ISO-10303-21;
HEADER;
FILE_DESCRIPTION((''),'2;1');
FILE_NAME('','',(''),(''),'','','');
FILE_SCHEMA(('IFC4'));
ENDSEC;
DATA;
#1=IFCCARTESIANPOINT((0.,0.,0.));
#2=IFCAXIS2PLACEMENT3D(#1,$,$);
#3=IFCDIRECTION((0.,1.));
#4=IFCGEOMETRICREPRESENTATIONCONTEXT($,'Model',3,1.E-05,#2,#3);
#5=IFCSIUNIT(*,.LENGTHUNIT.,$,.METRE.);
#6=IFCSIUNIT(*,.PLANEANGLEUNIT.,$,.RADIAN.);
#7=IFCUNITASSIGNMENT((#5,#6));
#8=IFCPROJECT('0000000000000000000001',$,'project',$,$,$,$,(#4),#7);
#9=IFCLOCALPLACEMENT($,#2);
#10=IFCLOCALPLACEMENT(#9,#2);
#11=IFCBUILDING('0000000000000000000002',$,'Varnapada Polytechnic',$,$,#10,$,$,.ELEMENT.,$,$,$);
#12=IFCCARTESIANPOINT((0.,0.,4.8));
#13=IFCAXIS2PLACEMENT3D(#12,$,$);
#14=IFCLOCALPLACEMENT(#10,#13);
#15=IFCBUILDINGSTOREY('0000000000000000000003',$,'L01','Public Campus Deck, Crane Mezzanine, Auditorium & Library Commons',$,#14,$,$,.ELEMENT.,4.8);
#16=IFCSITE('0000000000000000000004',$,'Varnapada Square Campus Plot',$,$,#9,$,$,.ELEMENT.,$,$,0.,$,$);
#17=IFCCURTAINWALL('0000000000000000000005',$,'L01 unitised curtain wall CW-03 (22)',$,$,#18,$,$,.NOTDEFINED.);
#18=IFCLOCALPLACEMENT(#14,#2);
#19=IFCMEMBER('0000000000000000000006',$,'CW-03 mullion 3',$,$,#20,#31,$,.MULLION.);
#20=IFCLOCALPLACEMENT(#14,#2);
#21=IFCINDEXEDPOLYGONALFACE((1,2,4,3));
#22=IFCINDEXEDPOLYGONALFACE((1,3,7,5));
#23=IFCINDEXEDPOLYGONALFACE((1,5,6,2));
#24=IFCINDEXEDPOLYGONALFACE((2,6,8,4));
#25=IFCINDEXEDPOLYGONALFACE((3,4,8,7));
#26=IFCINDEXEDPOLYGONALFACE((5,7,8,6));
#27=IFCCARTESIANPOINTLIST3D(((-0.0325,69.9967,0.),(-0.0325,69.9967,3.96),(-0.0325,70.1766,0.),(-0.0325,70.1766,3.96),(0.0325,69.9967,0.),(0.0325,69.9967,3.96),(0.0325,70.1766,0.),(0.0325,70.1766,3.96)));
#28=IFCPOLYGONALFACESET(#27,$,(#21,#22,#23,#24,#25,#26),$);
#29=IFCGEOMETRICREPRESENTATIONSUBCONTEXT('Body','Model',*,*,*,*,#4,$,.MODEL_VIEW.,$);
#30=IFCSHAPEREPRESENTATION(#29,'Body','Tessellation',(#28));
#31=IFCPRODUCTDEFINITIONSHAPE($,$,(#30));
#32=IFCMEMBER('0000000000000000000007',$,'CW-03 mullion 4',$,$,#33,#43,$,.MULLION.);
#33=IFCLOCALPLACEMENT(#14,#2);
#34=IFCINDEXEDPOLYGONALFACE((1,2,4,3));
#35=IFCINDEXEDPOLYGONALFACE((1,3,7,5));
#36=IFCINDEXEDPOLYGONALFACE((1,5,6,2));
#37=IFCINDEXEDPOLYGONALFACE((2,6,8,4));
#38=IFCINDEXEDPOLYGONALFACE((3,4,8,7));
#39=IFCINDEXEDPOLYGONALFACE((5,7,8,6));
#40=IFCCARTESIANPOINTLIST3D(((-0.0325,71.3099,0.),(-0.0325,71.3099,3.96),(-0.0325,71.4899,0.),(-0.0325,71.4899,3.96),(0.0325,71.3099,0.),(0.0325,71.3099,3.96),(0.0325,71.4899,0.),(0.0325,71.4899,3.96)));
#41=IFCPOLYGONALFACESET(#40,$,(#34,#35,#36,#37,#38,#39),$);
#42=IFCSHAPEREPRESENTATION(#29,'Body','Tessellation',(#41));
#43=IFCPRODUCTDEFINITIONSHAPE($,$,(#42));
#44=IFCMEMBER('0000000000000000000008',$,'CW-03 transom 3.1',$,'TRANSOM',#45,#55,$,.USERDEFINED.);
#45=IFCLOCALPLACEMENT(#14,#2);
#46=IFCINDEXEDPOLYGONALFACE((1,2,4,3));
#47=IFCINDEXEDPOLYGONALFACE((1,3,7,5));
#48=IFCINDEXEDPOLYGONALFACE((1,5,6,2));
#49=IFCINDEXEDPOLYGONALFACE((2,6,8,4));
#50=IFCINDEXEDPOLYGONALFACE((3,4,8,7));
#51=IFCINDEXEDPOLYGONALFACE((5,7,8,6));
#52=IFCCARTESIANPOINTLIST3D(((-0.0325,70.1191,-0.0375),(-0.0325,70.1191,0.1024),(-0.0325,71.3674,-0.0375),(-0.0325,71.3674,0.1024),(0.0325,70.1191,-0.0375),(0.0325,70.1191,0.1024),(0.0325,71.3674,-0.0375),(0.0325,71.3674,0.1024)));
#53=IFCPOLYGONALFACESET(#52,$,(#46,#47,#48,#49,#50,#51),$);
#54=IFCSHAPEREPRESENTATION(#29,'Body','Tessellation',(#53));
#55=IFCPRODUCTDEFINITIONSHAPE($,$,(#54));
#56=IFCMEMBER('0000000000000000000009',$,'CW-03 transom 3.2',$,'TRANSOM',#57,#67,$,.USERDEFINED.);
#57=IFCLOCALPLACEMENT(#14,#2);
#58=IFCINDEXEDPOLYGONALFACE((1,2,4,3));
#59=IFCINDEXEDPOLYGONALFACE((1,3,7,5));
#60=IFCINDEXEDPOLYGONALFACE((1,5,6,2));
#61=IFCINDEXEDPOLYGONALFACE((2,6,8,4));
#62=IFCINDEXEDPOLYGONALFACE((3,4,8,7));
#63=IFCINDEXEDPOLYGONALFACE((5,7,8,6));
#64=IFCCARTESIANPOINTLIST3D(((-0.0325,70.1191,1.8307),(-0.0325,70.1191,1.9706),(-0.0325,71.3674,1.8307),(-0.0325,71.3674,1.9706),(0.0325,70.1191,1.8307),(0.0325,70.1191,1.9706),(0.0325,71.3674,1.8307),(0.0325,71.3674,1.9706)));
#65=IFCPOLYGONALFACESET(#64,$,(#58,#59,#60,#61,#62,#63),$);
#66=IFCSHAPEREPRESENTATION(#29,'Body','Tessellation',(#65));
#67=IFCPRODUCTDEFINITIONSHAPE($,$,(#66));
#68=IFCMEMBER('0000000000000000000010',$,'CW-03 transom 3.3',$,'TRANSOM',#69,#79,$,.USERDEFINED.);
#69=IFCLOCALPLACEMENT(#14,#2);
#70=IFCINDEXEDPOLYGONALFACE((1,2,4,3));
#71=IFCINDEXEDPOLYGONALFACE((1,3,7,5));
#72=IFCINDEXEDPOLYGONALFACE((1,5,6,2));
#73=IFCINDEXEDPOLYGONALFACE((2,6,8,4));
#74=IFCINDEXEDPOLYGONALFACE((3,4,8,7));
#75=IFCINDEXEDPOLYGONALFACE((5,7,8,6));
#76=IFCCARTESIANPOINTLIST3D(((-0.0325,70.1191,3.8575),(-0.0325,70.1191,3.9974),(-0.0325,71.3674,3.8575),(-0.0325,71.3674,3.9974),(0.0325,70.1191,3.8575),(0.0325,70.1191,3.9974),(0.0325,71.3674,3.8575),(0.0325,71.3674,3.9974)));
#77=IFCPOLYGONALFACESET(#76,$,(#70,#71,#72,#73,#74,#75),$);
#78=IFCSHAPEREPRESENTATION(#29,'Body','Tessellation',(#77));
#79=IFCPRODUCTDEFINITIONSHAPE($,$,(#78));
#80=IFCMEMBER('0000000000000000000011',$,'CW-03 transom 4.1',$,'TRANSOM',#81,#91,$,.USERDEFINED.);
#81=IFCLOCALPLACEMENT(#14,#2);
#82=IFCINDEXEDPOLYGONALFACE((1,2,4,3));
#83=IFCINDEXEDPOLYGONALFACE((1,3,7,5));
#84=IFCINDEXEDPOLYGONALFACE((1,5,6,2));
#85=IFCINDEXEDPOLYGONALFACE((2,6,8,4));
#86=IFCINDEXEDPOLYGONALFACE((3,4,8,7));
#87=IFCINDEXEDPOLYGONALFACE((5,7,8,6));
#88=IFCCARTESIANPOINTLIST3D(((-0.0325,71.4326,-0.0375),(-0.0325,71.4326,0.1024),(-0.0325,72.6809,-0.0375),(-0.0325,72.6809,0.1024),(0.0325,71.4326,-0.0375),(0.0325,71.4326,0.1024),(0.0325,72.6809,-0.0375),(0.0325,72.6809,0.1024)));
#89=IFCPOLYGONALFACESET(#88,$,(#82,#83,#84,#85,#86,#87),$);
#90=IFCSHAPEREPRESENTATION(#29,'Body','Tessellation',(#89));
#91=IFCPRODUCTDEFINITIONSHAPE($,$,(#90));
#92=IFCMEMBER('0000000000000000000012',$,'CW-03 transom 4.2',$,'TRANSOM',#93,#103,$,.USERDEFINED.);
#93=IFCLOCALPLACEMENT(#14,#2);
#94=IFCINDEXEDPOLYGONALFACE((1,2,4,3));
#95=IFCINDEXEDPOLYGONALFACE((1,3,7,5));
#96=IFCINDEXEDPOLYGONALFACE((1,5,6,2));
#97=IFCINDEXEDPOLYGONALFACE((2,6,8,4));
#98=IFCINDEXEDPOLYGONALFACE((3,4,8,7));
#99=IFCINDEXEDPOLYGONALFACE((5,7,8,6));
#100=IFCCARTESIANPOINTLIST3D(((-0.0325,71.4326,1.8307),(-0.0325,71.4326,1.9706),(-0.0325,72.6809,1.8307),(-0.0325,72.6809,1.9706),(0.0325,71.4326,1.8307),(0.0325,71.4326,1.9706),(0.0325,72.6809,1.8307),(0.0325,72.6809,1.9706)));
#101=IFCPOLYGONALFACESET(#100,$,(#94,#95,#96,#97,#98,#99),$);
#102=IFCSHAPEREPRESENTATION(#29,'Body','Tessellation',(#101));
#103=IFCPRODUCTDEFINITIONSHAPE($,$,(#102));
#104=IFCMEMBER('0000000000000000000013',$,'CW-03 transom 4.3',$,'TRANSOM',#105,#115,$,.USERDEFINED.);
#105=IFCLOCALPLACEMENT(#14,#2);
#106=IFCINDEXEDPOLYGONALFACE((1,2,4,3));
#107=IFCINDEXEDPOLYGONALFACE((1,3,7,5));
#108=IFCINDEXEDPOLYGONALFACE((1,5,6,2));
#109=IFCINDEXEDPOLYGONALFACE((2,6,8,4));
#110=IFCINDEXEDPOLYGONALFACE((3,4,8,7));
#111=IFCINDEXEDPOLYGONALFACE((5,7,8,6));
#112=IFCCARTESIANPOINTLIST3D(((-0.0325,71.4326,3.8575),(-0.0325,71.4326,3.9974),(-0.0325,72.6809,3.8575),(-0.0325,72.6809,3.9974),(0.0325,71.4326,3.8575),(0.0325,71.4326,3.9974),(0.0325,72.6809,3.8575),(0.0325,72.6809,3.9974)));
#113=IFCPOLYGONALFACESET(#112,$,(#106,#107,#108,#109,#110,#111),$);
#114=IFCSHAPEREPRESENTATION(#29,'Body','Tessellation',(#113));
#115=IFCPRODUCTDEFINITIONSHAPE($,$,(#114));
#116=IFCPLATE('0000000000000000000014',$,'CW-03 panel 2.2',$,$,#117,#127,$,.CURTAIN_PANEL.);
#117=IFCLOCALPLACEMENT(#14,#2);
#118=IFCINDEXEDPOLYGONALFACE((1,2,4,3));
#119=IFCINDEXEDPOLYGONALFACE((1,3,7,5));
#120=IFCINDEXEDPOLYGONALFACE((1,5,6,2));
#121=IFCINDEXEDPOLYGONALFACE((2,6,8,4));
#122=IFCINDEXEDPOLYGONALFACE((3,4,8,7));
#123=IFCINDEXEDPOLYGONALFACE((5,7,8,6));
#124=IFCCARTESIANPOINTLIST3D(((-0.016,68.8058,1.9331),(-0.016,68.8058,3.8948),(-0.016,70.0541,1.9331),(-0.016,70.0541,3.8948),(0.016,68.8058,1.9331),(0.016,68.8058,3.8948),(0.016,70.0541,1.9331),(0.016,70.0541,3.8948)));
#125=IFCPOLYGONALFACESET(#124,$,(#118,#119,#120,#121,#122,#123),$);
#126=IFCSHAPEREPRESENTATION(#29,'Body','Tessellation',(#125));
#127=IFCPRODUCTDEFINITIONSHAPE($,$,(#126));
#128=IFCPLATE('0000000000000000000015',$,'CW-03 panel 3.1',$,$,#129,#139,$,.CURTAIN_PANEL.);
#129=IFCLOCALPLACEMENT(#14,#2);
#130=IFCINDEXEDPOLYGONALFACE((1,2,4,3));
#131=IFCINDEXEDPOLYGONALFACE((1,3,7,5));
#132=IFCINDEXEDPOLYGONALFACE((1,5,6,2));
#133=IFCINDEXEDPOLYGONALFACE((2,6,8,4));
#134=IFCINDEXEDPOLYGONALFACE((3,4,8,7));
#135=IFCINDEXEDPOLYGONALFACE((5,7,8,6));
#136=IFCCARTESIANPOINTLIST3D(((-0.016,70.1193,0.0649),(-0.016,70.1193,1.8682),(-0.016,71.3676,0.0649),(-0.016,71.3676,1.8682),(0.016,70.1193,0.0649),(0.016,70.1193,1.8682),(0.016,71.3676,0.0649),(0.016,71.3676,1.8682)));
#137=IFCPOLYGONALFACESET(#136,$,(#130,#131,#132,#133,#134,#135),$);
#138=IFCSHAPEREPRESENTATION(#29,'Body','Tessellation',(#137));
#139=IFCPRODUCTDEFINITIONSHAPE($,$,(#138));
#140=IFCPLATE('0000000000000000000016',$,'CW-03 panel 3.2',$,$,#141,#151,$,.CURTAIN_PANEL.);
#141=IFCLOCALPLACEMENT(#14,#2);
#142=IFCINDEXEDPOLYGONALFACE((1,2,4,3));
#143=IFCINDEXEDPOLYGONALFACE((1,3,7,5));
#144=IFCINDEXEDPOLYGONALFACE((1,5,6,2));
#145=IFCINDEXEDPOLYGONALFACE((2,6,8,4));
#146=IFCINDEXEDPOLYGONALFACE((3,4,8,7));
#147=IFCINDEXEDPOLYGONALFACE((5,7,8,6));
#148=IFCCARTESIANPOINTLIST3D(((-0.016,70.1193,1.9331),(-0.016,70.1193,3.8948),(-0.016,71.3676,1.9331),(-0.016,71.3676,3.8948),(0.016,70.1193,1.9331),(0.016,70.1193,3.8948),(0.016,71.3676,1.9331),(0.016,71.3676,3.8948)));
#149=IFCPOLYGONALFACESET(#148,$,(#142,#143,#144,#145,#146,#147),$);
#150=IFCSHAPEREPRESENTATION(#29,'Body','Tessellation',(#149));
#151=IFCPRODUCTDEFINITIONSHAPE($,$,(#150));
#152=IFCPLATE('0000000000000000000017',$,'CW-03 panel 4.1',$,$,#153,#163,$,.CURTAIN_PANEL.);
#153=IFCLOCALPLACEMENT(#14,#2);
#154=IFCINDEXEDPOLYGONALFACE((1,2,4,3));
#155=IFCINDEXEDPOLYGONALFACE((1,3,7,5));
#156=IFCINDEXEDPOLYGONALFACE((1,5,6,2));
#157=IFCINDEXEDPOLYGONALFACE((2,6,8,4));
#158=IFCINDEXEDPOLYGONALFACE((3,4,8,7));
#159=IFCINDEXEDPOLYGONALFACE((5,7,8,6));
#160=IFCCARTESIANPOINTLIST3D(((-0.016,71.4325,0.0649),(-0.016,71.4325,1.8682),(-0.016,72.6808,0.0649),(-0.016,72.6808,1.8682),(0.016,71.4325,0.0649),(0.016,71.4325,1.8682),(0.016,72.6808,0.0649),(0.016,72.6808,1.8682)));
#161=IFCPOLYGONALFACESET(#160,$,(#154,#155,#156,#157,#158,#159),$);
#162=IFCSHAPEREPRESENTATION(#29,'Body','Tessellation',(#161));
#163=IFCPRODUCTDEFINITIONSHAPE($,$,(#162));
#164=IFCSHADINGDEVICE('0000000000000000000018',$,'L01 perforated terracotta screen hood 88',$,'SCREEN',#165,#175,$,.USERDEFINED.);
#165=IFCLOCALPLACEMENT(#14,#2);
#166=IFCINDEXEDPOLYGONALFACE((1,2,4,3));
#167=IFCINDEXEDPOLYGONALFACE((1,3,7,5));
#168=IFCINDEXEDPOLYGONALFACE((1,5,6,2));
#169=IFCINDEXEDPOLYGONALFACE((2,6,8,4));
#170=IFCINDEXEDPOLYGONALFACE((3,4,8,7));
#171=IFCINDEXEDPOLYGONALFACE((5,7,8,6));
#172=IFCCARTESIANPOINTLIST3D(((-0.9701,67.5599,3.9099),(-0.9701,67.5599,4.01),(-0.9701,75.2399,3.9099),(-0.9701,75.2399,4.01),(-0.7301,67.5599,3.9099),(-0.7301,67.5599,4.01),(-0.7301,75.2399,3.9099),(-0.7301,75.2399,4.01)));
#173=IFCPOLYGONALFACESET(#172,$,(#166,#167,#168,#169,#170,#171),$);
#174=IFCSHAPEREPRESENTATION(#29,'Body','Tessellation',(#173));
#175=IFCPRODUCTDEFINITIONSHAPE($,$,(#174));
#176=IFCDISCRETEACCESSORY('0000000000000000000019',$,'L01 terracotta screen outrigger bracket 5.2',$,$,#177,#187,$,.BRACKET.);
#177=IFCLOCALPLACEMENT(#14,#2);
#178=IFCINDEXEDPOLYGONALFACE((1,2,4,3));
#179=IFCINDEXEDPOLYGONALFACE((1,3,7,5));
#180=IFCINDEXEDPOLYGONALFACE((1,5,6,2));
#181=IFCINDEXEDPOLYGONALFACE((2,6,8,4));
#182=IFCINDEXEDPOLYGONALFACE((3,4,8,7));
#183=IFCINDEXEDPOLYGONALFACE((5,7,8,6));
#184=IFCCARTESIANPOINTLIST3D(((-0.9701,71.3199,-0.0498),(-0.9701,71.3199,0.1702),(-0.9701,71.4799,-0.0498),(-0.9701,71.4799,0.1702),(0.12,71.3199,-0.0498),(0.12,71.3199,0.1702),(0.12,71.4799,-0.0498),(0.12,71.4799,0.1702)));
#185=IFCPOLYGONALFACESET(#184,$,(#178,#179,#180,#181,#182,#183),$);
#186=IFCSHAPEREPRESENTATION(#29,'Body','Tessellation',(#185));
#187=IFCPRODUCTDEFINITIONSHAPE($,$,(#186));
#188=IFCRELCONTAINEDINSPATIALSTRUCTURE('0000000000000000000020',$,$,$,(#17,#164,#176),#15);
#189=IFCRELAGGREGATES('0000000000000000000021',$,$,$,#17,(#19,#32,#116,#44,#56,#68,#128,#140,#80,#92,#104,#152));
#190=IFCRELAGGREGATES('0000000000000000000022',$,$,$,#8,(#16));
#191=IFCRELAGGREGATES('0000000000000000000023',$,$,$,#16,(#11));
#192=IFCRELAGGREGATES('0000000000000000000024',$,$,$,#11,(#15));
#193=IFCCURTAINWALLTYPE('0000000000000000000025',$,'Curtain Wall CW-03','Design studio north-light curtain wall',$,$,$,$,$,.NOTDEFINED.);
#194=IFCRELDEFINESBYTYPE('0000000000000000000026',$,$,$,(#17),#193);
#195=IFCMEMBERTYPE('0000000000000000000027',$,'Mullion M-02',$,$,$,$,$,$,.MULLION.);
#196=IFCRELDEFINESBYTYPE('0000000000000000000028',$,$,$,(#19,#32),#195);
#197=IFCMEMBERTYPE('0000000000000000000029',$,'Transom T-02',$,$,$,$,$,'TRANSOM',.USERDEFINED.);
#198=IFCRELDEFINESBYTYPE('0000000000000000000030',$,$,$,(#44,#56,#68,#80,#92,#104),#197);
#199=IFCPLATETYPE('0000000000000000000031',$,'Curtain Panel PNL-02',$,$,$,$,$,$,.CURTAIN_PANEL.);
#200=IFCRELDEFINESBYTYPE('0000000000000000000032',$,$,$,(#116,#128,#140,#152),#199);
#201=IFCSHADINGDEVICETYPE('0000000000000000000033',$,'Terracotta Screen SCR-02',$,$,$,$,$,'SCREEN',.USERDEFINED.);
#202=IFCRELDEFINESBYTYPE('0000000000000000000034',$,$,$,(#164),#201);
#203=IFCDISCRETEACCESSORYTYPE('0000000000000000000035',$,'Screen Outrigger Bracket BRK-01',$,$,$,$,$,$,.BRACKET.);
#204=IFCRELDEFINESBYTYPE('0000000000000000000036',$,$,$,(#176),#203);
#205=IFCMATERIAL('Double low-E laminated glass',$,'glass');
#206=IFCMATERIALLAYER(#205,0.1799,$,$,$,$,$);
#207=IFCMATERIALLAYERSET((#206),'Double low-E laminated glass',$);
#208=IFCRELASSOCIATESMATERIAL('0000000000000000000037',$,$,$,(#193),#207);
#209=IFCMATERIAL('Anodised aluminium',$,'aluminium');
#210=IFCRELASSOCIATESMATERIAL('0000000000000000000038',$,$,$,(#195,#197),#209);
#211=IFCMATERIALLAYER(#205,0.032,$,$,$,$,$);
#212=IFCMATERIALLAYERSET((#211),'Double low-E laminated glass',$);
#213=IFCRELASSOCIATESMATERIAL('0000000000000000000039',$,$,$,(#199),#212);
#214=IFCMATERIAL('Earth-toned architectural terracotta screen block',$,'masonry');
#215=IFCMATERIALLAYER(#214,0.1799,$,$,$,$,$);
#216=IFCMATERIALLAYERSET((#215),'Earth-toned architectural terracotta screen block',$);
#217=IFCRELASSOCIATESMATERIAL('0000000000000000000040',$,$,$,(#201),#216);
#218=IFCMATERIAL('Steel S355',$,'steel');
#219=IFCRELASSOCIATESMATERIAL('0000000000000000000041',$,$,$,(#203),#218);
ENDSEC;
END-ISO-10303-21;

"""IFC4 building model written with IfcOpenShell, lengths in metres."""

from ifc_helpers import new_model, si_unit, direction, frame, origin, origin_2d, place, context, subcontext, project, spatial, rectangle, extrude, material, layer, layer_set, material_profile, profile_set, type_object, element, aggregate, save


model = new_model("IFC4")

# Units and contexts
model_context = context("Model", 3, precision=1e-05, world=origin(), true_north=direction((0.0, 1.0)))
body_context = subcontext(model_context, "Body", "Model", "MODEL_VIEW")
ifc_project = project(units=[si_unit("LENGTHUNIT", "METRE"), si_unit("PLANEANGLEUNIT", "RADIAN")], contexts=[model_context])

# Site, building, storey
site_placement = place(None, origin())
site = spatial("IfcSite", under=ifc_project, at=site_placement, Name="Varnapada Square Campus Plot", CompositionType="ELEMENT", RefElevation=0.0)
building_placement = place(site_placement, origin())
building = spatial("IfcBuilding", under=site, at=building_placement, Name="Varnapada Polytechnic", CompositionType="ELEMENT")
storey_placement = place(building_placement, frame((0.0, 0.0, 4.8)))
storey = spatial("IfcBuildingStorey", under=building, at=storey_placement, Name="L01", Description="Public Campus Deck, Crane Mezzanine, Auditorium & Library Commons", CompositionType="ELEMENT", Elevation=4.8)

# Curtain wall, members, plates
ifc_material_1 = material(Name="Double low-E laminated glass", Category="glass")
ifc_layer_1 = layer(ifc_material_1, 0.1799)
ifc_layer_set_1 = layer_set([ifc_layer_1], Name="Double low-E laminated glass")
curtain_wall_type = type_object("IfcCurtainWallType", Name="Curtain Wall CW-03", Description="Design studio north-light curtain wall", PredefinedType="NOTDEFINED", material=ifc_layer_set_1)
curtain_wall_placement = place(storey_placement, origin())
curtain_wall = element("IfcCurtainWall", 1, at=curtain_wall_placement, inside=storey, type_object=curtain_wall_type, Name="L01 unitised curtain wall CW-03 (22)", PredefinedType="NOTDEFINED")
ifc_material_2 = material(Name="Anodised aluminium", Category="aluminium")
ifc_material_profile_1 = material_profile(ifc_material_2, rectangle(XDim=0.0649, YDim=0.1799, at=origin_2d()), Name="ALU M65x180")
ifc_profile_set_1 = profile_set([ifc_material_profile_1], Name="Anodised aluminium")
member_type_1 = type_object("IfcMemberType", Name="Mullion M-02", PredefinedType="MULLION", material=ifc_profile_set_1)
member_1_placement = place(storey_placement, frame((0.0, 70.0867, 0.0), z_axis=(0.0, 0.0, 1.0), x_axis=(-1.0, 0.0, 0.0)))
member_1 = element("IfcMember", 2, at=member_1_placement, type_object=member_type_1, Name="CW-03 mullion 3", PredefinedType="MULLION", context=body_context, shape_type="SweptSolid", body=[
    extrude(rectangle(XDim=0.0649, YDim=0.1799, at=origin_2d()), origin(), (0.0, 0.0, 1.0), 3.96),
])
member_2_placement = place(storey_placement, frame((0.0, 71.3999, 0.0), z_axis=(0.0, 0.0, 1.0), x_axis=(-1.0, 0.0, 0.0)))
member_2 = element("IfcMember", 3, at=member_2_placement, type_object=member_type_1, Name="CW-03 mullion 4", PredefinedType="MULLION", context=body_context, shape_type="SweptSolid", body=[
    extrude(rectangle(XDim=0.0649, YDim=0.1799, at=origin_2d()), origin(), (0.0, 0.0, 1.0), 3.96),
])
ifc_material_profile_2 = material_profile(ifc_material_2, rectangle(XDim=0.0649, YDim=0.1399, at=origin_2d()), Name="ALU T65x140")
ifc_profile_set_2 = profile_set([ifc_material_profile_2], Name="Anodised aluminium")
member_type_2 = type_object("IfcMemberType", Name="Transom T-02", ElementType="TRANSOM", PredefinedType="USERDEFINED", material=ifc_profile_set_2)
member_3_placement = place(storey_placement, frame((0.0, 70.1191, 0.0325), z_axis=(0.0, 1.0, 0.0), x_axis=(-1.0, 0.0, 0.0)))
member_3 = element("IfcMember", 4, at=member_3_placement, type_object=member_type_2, Name="CW-03 transom 3.1", ObjectType="TRANSOM", PredefinedType="USERDEFINED", context=body_context, shape_type="SweptSolid", body=[
    extrude(rectangle(XDim=0.0649, YDim=0.1399, at=origin_2d()), origin(), (0.0, 0.0, 1.0), 1.2483),
])
member_4_placement = place(storey_placement, frame((0.0, 70.1191, 1.9006), z_axis=(0.0, 1.0, 0.0), x_axis=(-1.0, 0.0, 0.0)))
member_4 = element("IfcMember", 5, at=member_4_placement, type_object=member_type_2, Name="CW-03 transom 3.2", ObjectType="TRANSOM", PredefinedType="USERDEFINED", context=body_context, shape_type="SweptSolid", body=[
    extrude(rectangle(XDim=0.0649, YDim=0.1399, at=origin_2d()), origin(), (0.0, 0.0, 1.0), 1.2483),
])
member_5_placement = place(storey_placement, frame((0.0, 70.1191, 3.9275), z_axis=(0.0, 1.0, 0.0), x_axis=(-1.0, 0.0, 0.0)))
member_5 = element("IfcMember", 6, at=member_5_placement, type_object=member_type_2, Name="CW-03 transom 3.3", ObjectType="TRANSOM", PredefinedType="USERDEFINED", context=body_context, shape_type="SweptSolid", body=[
    extrude(rectangle(XDim=0.0649, YDim=0.1399, at=origin_2d()), origin(), (0.0, 0.0, 1.0), 1.2483),
])
member_6_placement = place(storey_placement, frame((0.0, 71.4326, 0.0325), z_axis=(0.0, 1.0, 0.0), x_axis=(-1.0, 0.0, 0.0)))
member_6 = element("IfcMember", 7, at=member_6_placement, type_object=member_type_2, Name="CW-03 transom 4.1", ObjectType="TRANSOM", PredefinedType="USERDEFINED", context=body_context, shape_type="SweptSolid", body=[
    extrude(rectangle(XDim=0.0649, YDim=0.1399, at=origin_2d()), origin(), (0.0, 0.0, 1.0), 1.2483),
])
member_7_placement = place(storey_placement, frame((0.0, 71.4326, 1.9006), z_axis=(0.0, 1.0, 0.0), x_axis=(-1.0, 0.0, 0.0)))
member_7 = element("IfcMember", 8, at=member_7_placement, type_object=member_type_2, Name="CW-03 transom 4.2", ObjectType="TRANSOM", PredefinedType="USERDEFINED", context=body_context, shape_type="SweptSolid", body=[
    extrude(rectangle(XDim=0.0649, YDim=0.1399, at=origin_2d()), origin(), (0.0, 0.0, 1.0), 1.2483),
])
member_8_placement = place(storey_placement, frame((0.0, 71.4326, 3.9275), z_axis=(0.0, 1.0, 0.0), x_axis=(-1.0, 0.0, 0.0)))
member_8 = element("IfcMember", 9, at=member_8_placement, type_object=member_type_2, Name="CW-03 transom 4.3", ObjectType="TRANSOM", PredefinedType="USERDEFINED", context=body_context, shape_type="SweptSolid", body=[
    extrude(rectangle(XDim=0.0649, YDim=0.1399, at=origin_2d()), origin(), (0.0, 0.0, 1.0), 1.2483),
])
ifc_layer_2 = layer(ifc_material_1, 0.032)
ifc_layer_set_2 = layer_set([ifc_layer_2], Name="Double low-E laminated glass")
plate_type = type_object("IfcPlateType", Name="Curtain Panel PNL-02", PredefinedType="CURTAIN_PANEL", material=ifc_layer_set_2)
plate_1_placement = place(storey_placement, frame((0.0, 69.4299, 1.9331), z_axis=(0.0, 0.0, 1.0), x_axis=(0.0, 1.0, 0.0)))
plate_1 = element("IfcPlate", 10, at=plate_1_placement, type_object=plate_type, Name="CW-03 panel 2.2", PredefinedType="CURTAIN_PANEL", context=body_context, shape_type="SweptSolid", body=[
    extrude(rectangle(XDim=1.2483, YDim=0.032, at=origin_2d()), origin(), (0.0, 0.0, 1.0), 1.9617),
])
plate_2_placement = place(storey_placement, frame((0.0, 70.7434, 0.0649), z_axis=(0.0, 0.0, 1.0), x_axis=(0.0, 1.0, 0.0)))
plate_2 = element("IfcPlate", 11, at=plate_2_placement, type_object=plate_type, Name="CW-03 panel 3.1", PredefinedType="CURTAIN_PANEL", context=body_context, shape_type="SweptSolid", body=[
    extrude(rectangle(XDim=1.2483, YDim=0.032, at=origin_2d()), origin(), (0.0, 0.0, 1.0), 1.8032),
])
plate_3_placement = place(storey_placement, frame((0.0, 70.7434, 1.9331), z_axis=(0.0, 0.0, 1.0), x_axis=(0.0, 1.0, 0.0)))
plate_3 = element("IfcPlate", 12, at=plate_3_placement, type_object=plate_type, Name="CW-03 panel 3.2", PredefinedType="CURTAIN_PANEL", context=body_context, shape_type="SweptSolid", body=[
    extrude(rectangle(XDim=1.2483, YDim=0.032, at=origin_2d()), origin(), (0.0, 0.0, 1.0), 1.9617),
])
plate_4_placement = place(storey_placement, frame((0.0, 72.0566, 0.0649), z_axis=(0.0, 0.0, 1.0), x_axis=(0.0, 1.0, 0.0)))
plate_4 = element("IfcPlate", 13, at=plate_4_placement, type_object=plate_type, Name="CW-03 panel 4.1", PredefinedType="CURTAIN_PANEL", context=body_context, shape_type="SweptSolid", body=[
    extrude(rectangle(XDim=1.2483, YDim=0.032, at=origin_2d()), origin(), (0.0, 0.0, 1.0), 1.8032),
])
aggregate(curtain_wall, [member_1, member_2, plate_1, member_3, member_4, member_5, plate_2, plate_3, member_6, member_7, member_8, plate_4])

# Shading device
ifc_material_3 = material(Name="Earth-toned architectural terracotta screen block", Category="masonry")
ifc_layer_3 = layer(ifc_material_3, 0.1799)
ifc_layer_set_3 = layer_set([ifc_layer_3], Name="Earth-toned architectural terracotta screen block")
shading_device_type = type_object("IfcShadingDeviceType", Name="Terracotta Screen SCR-02", ElementType="SCREEN", PredefinedType="USERDEFINED", material=ifc_layer_set_3)
shading_device_placement = place(storey_placement, frame((-0.8501, 71.3999, 3.9099), z_axis=(0.0, 0.0, 1.0), x_axis=(0.0, 1.0, 0.0)))
element("IfcShadingDevice", 14, at=shading_device_placement, inside=storey, type_object=shading_device_type, Name="L01 perforated terracotta screen hood 88", ObjectType="SCREEN", PredefinedType="USERDEFINED", context=body_context, shape_type="SweptSolid", body=[
    extrude(rectangle(XDim=7.6799, YDim=0.24, at=origin_2d()), origin(), (0.0, 0.0, 1.0), 0.1001),
])

# Discrete accessory
ifc_material_4 = material(Name="Steel S355", Category="steel")
discrete_accessory_type = type_object("IfcDiscreteAccessoryType", Name="Screen Outrigger Bracket BRK-01", PredefinedType="BRACKET", material=ifc_material_4)
discrete_accessory_placement = place(storey_placement, frame((-0.425, 71.3999, -0.0498), z_axis=(0.0, 0.0, 1.0), x_axis=(0.0, 1.0, 0.0)))
element("IfcDiscreteAccessory", 15, at=discrete_accessory_placement, inside=storey, type_object=discrete_accessory_type, Name="L01 terracotta screen outrigger bracket 5.2", PredefinedType="BRACKET", context=body_context, shape_type="SweptSolid", body=[
    extrude(rectangle(XDim=0.1599, YDim=1.0901, at=origin_2d()), origin(), (0.0, 0.0, 1.0), 0.22),
])

save(model, "model.ifc")
